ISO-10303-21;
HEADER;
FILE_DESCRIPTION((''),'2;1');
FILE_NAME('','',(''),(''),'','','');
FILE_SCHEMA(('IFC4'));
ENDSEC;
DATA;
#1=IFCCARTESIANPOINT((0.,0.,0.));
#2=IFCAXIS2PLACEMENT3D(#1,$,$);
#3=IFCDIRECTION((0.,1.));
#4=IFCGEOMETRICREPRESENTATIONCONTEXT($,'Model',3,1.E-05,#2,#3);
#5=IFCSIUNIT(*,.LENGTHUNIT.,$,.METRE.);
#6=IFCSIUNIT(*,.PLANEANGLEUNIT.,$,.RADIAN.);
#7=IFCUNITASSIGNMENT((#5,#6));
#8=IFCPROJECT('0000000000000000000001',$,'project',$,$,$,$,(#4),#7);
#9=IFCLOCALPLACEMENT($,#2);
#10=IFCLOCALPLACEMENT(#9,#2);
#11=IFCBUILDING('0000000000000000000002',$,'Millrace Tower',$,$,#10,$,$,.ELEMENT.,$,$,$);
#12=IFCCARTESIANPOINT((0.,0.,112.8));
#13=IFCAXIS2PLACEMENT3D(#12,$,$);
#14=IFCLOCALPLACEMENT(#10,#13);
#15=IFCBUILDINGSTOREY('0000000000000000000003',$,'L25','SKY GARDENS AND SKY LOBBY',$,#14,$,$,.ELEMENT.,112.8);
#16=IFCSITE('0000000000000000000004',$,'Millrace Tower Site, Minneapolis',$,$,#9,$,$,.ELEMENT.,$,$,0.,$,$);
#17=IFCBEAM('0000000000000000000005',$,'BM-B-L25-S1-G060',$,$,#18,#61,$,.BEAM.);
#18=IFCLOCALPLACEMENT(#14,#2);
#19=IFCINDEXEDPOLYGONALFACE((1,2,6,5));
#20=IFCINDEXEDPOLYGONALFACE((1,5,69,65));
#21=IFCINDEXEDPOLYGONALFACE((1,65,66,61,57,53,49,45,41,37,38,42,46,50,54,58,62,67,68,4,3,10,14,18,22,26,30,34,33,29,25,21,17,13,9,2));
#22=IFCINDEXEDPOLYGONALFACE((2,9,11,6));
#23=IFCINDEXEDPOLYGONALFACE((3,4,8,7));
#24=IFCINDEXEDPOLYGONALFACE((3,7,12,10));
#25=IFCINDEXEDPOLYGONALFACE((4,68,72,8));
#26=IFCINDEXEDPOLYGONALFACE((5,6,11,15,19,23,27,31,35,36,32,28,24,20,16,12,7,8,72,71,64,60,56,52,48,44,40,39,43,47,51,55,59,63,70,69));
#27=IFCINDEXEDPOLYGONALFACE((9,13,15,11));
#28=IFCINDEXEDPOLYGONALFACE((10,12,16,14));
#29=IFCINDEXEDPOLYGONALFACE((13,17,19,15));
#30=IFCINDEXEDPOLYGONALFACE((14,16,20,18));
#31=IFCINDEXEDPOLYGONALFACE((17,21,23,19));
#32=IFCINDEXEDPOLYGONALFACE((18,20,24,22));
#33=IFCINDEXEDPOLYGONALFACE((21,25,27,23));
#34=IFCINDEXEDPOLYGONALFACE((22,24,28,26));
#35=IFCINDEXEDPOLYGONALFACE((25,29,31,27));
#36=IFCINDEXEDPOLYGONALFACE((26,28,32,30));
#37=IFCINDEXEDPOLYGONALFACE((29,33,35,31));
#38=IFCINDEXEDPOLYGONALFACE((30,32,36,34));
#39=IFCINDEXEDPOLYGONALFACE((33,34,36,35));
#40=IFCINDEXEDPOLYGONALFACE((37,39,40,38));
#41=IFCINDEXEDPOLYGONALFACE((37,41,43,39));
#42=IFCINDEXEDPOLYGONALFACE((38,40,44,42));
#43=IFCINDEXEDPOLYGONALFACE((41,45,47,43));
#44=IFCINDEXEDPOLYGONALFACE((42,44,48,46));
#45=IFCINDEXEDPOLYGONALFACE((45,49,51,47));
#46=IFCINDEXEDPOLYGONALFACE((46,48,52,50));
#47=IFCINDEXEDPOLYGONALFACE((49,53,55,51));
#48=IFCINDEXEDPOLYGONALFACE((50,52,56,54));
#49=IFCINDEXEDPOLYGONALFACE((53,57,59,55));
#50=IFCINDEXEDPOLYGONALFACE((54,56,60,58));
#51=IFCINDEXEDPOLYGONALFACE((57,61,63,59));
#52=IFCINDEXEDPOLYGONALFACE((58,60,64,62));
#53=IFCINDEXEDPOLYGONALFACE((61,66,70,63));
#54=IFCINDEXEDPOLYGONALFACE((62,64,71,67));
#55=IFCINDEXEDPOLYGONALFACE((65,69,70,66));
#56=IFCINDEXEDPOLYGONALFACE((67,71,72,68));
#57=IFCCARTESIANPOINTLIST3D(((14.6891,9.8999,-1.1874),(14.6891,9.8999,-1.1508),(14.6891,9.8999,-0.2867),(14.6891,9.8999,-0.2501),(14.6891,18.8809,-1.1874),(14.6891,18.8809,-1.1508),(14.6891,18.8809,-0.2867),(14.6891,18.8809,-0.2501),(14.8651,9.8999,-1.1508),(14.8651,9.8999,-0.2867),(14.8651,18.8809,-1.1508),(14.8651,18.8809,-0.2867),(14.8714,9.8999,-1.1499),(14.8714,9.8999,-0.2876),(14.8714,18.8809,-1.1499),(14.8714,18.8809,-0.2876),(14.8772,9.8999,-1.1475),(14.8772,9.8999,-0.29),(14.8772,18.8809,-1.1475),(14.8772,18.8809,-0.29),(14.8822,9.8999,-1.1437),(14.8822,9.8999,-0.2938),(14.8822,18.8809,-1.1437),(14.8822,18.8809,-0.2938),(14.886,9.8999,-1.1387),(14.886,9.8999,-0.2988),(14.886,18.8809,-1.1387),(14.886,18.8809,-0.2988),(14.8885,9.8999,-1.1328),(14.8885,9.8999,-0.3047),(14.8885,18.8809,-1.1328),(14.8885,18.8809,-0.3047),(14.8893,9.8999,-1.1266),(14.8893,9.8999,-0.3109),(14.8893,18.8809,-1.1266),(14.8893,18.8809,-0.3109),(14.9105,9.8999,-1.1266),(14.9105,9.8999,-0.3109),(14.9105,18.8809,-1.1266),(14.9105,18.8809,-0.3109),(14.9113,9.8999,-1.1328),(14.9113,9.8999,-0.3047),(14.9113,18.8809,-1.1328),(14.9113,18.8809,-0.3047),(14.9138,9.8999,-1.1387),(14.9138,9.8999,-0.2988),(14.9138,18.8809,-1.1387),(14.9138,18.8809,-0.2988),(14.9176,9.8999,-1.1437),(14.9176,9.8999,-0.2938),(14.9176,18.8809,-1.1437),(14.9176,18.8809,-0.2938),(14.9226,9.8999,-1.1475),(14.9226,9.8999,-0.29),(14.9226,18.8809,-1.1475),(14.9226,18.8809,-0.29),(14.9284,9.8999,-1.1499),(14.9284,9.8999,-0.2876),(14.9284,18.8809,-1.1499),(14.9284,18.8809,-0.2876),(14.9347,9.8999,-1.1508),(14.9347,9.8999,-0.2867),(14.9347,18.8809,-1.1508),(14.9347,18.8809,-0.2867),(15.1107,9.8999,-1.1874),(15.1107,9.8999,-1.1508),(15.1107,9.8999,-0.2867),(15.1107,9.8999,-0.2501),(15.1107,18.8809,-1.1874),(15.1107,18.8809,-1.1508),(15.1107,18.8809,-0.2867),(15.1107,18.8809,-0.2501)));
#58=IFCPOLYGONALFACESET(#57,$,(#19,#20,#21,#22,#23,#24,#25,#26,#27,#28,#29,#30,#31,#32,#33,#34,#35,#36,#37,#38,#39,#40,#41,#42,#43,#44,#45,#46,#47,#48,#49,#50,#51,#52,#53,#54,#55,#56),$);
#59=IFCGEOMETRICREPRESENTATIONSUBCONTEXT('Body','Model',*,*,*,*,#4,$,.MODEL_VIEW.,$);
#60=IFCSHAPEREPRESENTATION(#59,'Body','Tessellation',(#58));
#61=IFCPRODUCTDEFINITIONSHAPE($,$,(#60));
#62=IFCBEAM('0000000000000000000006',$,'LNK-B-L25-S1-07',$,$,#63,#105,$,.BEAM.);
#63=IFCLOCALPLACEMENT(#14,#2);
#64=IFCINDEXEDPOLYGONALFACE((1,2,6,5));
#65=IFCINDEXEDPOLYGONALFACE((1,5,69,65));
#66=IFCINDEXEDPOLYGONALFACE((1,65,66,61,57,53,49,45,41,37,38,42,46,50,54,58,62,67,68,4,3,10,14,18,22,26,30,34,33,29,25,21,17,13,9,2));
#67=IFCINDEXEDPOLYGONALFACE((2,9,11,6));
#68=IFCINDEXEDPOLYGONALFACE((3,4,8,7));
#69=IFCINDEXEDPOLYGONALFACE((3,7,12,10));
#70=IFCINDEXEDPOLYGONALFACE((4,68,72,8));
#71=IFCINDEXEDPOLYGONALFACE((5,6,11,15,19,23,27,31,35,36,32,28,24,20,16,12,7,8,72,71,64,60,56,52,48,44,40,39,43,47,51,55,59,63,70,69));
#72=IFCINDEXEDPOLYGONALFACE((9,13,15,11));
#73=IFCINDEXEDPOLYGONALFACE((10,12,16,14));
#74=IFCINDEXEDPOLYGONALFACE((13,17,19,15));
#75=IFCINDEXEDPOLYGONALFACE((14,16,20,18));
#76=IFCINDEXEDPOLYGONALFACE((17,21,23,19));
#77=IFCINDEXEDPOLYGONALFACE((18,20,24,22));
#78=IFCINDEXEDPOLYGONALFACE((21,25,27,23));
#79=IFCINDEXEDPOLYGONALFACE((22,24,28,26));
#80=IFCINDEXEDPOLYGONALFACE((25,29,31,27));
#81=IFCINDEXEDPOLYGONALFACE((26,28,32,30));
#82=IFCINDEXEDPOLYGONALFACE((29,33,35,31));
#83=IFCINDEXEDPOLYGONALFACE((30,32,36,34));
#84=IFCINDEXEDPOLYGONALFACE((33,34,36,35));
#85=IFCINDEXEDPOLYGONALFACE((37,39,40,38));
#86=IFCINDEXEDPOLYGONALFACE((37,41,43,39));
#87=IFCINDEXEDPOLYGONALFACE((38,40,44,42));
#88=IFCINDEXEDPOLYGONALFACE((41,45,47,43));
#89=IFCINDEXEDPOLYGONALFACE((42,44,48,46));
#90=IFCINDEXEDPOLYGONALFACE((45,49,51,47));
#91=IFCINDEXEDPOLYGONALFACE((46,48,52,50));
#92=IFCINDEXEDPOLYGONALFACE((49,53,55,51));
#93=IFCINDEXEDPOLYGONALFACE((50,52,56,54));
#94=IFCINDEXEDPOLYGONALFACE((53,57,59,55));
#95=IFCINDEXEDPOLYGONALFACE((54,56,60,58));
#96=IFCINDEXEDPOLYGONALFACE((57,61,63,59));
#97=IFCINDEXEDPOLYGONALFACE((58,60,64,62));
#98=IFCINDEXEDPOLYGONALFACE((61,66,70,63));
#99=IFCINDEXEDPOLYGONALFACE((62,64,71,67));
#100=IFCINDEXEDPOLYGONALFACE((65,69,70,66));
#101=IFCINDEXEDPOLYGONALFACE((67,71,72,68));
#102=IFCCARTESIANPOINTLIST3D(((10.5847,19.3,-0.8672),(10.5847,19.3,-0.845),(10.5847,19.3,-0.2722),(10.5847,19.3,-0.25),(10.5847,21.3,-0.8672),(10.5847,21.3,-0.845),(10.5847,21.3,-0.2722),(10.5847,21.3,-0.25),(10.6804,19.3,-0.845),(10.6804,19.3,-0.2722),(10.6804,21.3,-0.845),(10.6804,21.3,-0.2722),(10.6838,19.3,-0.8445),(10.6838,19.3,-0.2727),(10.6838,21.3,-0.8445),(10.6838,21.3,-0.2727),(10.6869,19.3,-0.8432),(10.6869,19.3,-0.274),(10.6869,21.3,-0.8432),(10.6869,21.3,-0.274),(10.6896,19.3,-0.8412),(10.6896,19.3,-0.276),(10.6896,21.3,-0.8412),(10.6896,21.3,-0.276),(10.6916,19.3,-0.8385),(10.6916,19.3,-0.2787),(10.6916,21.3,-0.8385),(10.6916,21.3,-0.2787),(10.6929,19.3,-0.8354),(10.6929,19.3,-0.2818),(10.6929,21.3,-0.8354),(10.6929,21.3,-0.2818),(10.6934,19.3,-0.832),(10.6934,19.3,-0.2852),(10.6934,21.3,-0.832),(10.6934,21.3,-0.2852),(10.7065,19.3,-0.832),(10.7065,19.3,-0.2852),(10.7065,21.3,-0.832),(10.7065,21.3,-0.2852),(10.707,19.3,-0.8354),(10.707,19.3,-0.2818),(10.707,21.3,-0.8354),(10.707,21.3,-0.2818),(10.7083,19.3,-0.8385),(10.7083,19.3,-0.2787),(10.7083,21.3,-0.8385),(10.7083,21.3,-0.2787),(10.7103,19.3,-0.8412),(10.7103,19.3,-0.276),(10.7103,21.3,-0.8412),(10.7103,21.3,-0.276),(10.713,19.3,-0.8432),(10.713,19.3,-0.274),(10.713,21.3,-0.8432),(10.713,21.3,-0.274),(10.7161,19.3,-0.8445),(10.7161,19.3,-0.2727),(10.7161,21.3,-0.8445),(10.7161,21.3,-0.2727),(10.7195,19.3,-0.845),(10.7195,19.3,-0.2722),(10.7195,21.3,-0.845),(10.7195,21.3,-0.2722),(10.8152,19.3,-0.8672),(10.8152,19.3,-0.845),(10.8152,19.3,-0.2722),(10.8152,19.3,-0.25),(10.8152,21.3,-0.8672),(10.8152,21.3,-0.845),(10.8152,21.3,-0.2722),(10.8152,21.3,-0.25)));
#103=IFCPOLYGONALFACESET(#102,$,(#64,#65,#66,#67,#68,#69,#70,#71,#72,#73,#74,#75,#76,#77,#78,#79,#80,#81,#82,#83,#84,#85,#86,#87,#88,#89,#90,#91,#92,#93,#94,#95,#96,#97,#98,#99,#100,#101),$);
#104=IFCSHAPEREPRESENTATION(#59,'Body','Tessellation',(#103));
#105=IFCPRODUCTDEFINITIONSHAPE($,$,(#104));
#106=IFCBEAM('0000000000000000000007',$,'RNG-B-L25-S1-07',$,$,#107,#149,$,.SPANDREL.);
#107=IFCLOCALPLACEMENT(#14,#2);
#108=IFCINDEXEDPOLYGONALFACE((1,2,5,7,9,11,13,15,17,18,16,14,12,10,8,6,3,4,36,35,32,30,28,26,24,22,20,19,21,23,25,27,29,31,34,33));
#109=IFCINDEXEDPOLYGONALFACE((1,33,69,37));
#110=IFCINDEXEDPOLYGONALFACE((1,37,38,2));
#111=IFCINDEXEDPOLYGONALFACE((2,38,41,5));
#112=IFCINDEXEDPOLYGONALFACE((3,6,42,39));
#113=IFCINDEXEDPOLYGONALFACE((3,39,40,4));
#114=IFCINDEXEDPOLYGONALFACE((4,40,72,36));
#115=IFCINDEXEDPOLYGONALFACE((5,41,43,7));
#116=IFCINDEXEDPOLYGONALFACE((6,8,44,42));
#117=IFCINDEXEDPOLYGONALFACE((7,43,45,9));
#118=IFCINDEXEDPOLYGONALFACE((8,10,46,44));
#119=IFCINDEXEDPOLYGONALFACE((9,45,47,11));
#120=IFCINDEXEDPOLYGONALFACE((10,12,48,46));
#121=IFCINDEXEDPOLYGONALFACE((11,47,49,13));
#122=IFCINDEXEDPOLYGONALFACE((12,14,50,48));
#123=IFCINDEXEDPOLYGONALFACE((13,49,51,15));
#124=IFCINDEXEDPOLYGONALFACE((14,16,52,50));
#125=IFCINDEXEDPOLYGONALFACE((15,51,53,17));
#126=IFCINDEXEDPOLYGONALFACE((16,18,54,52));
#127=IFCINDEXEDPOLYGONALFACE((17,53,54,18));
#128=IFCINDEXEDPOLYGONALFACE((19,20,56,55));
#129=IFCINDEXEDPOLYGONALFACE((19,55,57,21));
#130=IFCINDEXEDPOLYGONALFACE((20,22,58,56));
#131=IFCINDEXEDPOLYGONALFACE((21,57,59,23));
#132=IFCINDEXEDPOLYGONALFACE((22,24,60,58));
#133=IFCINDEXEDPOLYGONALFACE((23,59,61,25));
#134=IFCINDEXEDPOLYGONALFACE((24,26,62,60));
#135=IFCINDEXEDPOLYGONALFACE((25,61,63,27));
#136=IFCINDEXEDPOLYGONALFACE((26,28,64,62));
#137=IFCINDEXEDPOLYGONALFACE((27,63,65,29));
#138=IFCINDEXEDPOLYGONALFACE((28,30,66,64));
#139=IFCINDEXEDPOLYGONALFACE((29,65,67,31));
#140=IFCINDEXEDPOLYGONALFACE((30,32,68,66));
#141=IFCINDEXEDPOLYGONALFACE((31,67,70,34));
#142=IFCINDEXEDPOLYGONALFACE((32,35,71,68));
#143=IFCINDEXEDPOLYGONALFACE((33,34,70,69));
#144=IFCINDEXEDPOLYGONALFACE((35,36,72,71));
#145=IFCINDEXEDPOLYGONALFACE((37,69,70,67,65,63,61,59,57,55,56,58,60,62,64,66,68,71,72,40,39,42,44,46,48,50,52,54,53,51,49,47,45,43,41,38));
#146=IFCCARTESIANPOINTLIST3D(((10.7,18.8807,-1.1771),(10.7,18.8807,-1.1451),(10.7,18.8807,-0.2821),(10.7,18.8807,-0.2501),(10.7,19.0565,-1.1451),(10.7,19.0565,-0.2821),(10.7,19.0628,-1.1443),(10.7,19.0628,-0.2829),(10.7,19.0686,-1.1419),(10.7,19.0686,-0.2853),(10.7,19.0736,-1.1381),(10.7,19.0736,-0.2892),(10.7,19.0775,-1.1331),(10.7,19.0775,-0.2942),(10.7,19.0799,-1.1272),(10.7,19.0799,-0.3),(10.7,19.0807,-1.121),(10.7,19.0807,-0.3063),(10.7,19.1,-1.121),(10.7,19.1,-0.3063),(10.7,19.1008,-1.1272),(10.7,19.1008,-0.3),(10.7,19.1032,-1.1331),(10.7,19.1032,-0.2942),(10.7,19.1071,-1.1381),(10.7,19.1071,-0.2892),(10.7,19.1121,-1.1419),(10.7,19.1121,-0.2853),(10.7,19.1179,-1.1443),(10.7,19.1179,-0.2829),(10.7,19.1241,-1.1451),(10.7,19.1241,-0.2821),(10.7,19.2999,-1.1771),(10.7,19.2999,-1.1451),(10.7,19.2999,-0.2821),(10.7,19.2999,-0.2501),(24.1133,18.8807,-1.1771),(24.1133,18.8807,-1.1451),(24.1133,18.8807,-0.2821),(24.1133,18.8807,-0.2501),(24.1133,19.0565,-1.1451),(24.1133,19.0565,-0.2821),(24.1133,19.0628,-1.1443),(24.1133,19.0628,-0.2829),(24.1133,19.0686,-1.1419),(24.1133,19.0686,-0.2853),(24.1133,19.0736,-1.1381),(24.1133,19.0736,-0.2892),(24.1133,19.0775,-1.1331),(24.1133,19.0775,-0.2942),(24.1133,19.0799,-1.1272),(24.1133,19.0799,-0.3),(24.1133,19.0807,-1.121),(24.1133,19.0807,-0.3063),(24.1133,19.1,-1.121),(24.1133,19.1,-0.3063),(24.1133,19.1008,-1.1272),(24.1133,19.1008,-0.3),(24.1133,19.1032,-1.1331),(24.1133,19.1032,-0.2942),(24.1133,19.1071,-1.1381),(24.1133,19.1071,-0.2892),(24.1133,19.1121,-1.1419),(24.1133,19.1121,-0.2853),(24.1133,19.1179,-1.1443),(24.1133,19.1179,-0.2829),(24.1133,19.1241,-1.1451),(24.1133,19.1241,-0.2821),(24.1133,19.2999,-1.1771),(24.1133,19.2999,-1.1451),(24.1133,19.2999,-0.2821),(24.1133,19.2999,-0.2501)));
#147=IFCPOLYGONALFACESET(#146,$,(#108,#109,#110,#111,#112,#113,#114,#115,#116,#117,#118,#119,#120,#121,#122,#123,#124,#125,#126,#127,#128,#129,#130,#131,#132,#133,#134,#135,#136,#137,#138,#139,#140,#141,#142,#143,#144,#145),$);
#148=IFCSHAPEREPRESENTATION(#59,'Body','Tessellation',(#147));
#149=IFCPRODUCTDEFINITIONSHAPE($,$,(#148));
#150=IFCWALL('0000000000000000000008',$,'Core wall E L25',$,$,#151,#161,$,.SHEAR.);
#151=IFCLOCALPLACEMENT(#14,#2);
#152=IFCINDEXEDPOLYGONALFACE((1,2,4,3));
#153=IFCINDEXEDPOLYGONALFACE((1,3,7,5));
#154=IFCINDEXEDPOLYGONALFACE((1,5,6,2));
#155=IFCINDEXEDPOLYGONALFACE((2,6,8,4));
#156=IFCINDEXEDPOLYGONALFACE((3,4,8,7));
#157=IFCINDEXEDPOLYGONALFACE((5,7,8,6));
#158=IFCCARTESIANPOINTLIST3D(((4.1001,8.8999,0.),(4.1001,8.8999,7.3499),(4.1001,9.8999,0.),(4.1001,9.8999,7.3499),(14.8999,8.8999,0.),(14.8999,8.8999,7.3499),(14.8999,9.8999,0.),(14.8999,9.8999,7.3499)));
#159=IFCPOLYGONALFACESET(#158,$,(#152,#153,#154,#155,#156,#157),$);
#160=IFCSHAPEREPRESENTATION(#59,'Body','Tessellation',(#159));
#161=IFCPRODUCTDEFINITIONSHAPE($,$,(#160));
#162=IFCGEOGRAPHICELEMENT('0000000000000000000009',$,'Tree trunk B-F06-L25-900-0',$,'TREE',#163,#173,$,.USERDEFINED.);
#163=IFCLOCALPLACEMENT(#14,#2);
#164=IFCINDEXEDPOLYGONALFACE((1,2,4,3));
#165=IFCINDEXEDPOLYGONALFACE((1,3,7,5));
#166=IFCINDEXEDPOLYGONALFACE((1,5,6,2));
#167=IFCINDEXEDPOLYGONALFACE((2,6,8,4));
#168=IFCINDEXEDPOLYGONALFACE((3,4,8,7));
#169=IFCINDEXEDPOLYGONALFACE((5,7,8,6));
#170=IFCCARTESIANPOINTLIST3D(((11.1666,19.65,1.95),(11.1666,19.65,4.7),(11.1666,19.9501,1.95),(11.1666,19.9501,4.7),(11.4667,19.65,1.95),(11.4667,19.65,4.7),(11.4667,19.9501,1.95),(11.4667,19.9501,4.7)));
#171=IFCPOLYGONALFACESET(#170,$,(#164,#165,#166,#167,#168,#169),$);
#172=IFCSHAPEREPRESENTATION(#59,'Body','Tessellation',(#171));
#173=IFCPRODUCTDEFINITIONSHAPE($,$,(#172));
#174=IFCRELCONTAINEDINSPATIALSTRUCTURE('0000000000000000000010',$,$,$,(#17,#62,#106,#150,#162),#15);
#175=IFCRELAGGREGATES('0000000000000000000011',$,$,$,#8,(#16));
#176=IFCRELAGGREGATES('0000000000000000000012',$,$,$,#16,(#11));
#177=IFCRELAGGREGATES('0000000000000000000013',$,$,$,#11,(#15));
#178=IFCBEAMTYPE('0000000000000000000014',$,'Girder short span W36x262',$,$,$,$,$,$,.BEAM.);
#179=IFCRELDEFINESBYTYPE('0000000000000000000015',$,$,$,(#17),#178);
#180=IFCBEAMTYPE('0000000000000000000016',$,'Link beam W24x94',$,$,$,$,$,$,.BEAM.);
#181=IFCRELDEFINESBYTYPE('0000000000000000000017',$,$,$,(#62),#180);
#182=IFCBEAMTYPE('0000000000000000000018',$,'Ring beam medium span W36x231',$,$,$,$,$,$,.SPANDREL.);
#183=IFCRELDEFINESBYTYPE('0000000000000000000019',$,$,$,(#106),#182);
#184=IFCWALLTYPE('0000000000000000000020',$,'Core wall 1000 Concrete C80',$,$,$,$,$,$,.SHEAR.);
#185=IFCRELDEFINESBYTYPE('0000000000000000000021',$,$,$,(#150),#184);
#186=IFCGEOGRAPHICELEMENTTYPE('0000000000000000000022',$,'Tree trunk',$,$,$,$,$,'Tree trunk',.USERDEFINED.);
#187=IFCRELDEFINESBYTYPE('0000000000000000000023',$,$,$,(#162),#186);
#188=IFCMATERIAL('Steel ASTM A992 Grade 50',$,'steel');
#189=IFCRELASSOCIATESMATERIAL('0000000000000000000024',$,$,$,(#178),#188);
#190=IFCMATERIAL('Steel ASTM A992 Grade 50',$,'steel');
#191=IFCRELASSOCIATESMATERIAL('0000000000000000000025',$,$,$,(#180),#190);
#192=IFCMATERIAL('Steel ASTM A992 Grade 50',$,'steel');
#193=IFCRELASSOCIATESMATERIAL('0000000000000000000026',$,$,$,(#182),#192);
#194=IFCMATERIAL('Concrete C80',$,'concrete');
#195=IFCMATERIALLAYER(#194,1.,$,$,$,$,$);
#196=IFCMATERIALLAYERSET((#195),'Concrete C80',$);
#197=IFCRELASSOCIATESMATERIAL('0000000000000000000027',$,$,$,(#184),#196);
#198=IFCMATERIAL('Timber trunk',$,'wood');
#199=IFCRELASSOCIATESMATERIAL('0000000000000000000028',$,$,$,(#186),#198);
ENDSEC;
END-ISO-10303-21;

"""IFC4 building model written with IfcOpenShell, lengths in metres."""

from ifc_helpers import new_model, si_unit, direction, frame, frame_2d, origin, origin_2d, place, context, subcontext, project, spatial, rectangle, i_section, extrude, material, layer, layer_set, material_profile, profile_set, type_object, element, save


model = new_model("IFC4")

# Units and contexts
model_context = context("Model", 3, precision=1e-05, world=origin(), true_north=direction((0.0, 1.0)))
body_context = subcontext(model_context, "Body", "Model", "MODEL_VIEW")
ifc_project = project(units=[si_unit("LENGTHUNIT", "METRE"), si_unit("PLANEANGLEUNIT", "RADIAN")], contexts=[model_context])

# Site, building, storey
site_placement = place(None, origin())
site = spatial("IfcSite", under=ifc_project, at=site_placement, Name="Millrace Tower Site, Minneapolis", CompositionType="ELEMENT", RefElevation=0.0)
building_placement = place(site_placement, origin())
building = spatial("IfcBuilding", under=site, at=building_placement, Name="Millrace Tower", CompositionType="ELEMENT")
storey_placement = place(building_placement, frame((0.0, 0.0, 112.8)))
storey = spatial("IfcBuildingStorey", under=building, at=storey_placement, Name="L25", Description="SKY GARDENS AND SKY LOBBY", CompositionType="ELEMENT", Elevation=112.8)

# Beams
ifc_material_1 = material(Name="Steel ASTM A992 Grade 50", Category="steel")
ifc_material_profile_1 = material_profile(ifc_material_1, i_section(OverallWidth=0.4216, OverallDepth=0.9373, WebThickness=0.0212, FlangeThickness=0.0366, FilletRadius=0.0242, at=origin_2d()))
ifc_profile_set_1 = profile_set([ifc_material_profile_1], Name="Steel ASTM A992 Grade 50")
beam_type_1 = type_object("IfcBeamType", Name="Girder short span W36x262", PredefinedType="BEAM", material=ifc_profile_set_1)
beam_1_placement = place(storey_placement, frame((14.8999, 9.8999, -0.7188), z_axis=(0.0, 1.0, 0.0), x_axis=(-1.0, 0.0, 0.0)))
element("IfcBeam", 1, at=beam_1_placement, inside=storey, type_object=beam_type_1, Name="BM-B-L25-S1-G060", PredefinedType="BEAM", context=body_context, shape_type="SweptSolid", body=[
    extrude(i_section(OverallWidth=0.4216, OverallDepth=0.9373, WebThickness=0.0212, FlangeThickness=0.0366, FilletRadius=0.0242, at=origin_2d()), origin(), (0.0, 0.0, 1.0), 8.981),
])
ifc_material_2 = material(Name="Steel ASTM A992 Grade 50", Category="steel")
ifc_material_profile_2 = material_profile(ifc_material_2, i_section(OverallWidth=0.2305, OverallDepth=0.6172, WebThickness=0.0132, FlangeThickness=0.0222, FilletRadius=0.0129, at=origin_2d()))
ifc_profile_set_2 = profile_set([ifc_material_profile_2], Name="Steel ASTM A992 Grade 50")
beam_type_2 = type_object("IfcBeamType", Name="Link beam W24x94", PredefinedType="BEAM", material=ifc_profile_set_2)
beam_2_placement = place(storey_placement, frame((10.7, 19.3, -0.5586), z_axis=(0.0, 1.0, 0.0), x_axis=(-1.0, 0.0, 0.0)))
element("IfcBeam", 2, at=beam_2_placement, inside=storey, type_object=beam_type_2, Name="LNK-B-L25-S1-07", PredefinedType="BEAM", context=body_context, shape_type="SweptSolid", body=[
    extrude(i_section(OverallWidth=0.2305, OverallDepth=0.6172, WebThickness=0.0132, FlangeThickness=0.0222, FilletRadius=0.0129, at=origin_2d()), origin(), (0.0, 0.0, 1.0), 2.0),
])
ifc_material_3 = material(Name="Steel ASTM A992 Grade 50", Category="steel")
ifc_material_profile_3 = material_profile(ifc_material_3, i_section(OverallWidth=0.4192, OverallDepth=0.927, WebThickness=0.0193, FlangeThickness=0.032, FilletRadius=0.0242, at=origin_2d()))
ifc_profile_set_3 = profile_set([ifc_material_profile_3], Name="Steel ASTM A992 Grade 50")
beam_type_3 = type_object("IfcBeamType", Name="Ring beam medium span W36x231", PredefinedType="SPANDREL", material=ifc_profile_set_3)
beam_3_placement = place(storey_placement, frame((10.7, 19.0903, -0.7136), z_axis=(1.0, 0.0, 0.0), x_axis=(0.0, 1.0, 0.0)))
element("IfcBeam", 3, at=beam_3_placement, inside=storey, type_object=beam_type_3, Name="RNG-B-L25-S1-07", PredefinedType="SPANDREL", context=body_context, shape_type="SweptSolid", body=[
    extrude(i_section(OverallWidth=0.4192, OverallDepth=0.927, WebThickness=0.0193, FlangeThickness=0.032, FilletRadius=0.0242, at=origin_2d()), origin(), (0.0, 0.0, 1.0), 13.4133),
])

# Wall
ifc_material_4 = material(Name="Concrete C80", Category="concrete")
ifc_layer_1 = layer(ifc_material_4, 1.0)
ifc_layer_set_1 = layer_set([ifc_layer_1], Name="Concrete C80")
wall_type = type_object("IfcWallType", Name="Core wall 1000 Concrete C80", PredefinedType="SHEAR", material=ifc_layer_set_1)
wall_placement = place(storey_placement, frame((14.8999, 9.3999, 0.0), z_axis=(0.0, 0.0, 1.0), x_axis=(-1.0, 0.0, 0.0)))
element("IfcWall", 4, at=wall_placement, inside=storey, type_object=wall_type, Name="Core wall E L25", PredefinedType="SHEAR", context=body_context, shape_type="SweptSolid", body=[
    extrude(rectangle(XDim=10.7998, YDim=1.0, at=frame_2d((5.3999, 0.0))), origin(), (0.0, 0.0, 1.0), 7.3499),
])

# Geographic element
ifc_material_5 = material(Name="Timber trunk", Category="wood")
geographic_element_type = type_object("IfcGeographicElementType", Name="Tree trunk", ElementType="Tree trunk", PredefinedType="USERDEFINED", material=ifc_material_5)
geographic_element_placement = place(storey_placement, frame((11.3167, 19.8, 1.95), z_axis=(0.0, 0.0, 1.0), x_axis=(1.0, 0.0, 0.0)))
element("IfcGeographicElement", 5, at=geographic_element_placement, inside=storey, type_object=geographic_element_type, Name="Tree trunk B-F06-L25-900-0", ObjectType="TREE", PredefinedType="USERDEFINED", context=body_context, shape_type="SweptSolid", body=[
    extrude(rectangle(XDim=0.3, YDim=0.3, at=origin_2d()), origin(), (0.0, 0.0, 1.0), 2.75),
])

save(model, "model.ifc")
